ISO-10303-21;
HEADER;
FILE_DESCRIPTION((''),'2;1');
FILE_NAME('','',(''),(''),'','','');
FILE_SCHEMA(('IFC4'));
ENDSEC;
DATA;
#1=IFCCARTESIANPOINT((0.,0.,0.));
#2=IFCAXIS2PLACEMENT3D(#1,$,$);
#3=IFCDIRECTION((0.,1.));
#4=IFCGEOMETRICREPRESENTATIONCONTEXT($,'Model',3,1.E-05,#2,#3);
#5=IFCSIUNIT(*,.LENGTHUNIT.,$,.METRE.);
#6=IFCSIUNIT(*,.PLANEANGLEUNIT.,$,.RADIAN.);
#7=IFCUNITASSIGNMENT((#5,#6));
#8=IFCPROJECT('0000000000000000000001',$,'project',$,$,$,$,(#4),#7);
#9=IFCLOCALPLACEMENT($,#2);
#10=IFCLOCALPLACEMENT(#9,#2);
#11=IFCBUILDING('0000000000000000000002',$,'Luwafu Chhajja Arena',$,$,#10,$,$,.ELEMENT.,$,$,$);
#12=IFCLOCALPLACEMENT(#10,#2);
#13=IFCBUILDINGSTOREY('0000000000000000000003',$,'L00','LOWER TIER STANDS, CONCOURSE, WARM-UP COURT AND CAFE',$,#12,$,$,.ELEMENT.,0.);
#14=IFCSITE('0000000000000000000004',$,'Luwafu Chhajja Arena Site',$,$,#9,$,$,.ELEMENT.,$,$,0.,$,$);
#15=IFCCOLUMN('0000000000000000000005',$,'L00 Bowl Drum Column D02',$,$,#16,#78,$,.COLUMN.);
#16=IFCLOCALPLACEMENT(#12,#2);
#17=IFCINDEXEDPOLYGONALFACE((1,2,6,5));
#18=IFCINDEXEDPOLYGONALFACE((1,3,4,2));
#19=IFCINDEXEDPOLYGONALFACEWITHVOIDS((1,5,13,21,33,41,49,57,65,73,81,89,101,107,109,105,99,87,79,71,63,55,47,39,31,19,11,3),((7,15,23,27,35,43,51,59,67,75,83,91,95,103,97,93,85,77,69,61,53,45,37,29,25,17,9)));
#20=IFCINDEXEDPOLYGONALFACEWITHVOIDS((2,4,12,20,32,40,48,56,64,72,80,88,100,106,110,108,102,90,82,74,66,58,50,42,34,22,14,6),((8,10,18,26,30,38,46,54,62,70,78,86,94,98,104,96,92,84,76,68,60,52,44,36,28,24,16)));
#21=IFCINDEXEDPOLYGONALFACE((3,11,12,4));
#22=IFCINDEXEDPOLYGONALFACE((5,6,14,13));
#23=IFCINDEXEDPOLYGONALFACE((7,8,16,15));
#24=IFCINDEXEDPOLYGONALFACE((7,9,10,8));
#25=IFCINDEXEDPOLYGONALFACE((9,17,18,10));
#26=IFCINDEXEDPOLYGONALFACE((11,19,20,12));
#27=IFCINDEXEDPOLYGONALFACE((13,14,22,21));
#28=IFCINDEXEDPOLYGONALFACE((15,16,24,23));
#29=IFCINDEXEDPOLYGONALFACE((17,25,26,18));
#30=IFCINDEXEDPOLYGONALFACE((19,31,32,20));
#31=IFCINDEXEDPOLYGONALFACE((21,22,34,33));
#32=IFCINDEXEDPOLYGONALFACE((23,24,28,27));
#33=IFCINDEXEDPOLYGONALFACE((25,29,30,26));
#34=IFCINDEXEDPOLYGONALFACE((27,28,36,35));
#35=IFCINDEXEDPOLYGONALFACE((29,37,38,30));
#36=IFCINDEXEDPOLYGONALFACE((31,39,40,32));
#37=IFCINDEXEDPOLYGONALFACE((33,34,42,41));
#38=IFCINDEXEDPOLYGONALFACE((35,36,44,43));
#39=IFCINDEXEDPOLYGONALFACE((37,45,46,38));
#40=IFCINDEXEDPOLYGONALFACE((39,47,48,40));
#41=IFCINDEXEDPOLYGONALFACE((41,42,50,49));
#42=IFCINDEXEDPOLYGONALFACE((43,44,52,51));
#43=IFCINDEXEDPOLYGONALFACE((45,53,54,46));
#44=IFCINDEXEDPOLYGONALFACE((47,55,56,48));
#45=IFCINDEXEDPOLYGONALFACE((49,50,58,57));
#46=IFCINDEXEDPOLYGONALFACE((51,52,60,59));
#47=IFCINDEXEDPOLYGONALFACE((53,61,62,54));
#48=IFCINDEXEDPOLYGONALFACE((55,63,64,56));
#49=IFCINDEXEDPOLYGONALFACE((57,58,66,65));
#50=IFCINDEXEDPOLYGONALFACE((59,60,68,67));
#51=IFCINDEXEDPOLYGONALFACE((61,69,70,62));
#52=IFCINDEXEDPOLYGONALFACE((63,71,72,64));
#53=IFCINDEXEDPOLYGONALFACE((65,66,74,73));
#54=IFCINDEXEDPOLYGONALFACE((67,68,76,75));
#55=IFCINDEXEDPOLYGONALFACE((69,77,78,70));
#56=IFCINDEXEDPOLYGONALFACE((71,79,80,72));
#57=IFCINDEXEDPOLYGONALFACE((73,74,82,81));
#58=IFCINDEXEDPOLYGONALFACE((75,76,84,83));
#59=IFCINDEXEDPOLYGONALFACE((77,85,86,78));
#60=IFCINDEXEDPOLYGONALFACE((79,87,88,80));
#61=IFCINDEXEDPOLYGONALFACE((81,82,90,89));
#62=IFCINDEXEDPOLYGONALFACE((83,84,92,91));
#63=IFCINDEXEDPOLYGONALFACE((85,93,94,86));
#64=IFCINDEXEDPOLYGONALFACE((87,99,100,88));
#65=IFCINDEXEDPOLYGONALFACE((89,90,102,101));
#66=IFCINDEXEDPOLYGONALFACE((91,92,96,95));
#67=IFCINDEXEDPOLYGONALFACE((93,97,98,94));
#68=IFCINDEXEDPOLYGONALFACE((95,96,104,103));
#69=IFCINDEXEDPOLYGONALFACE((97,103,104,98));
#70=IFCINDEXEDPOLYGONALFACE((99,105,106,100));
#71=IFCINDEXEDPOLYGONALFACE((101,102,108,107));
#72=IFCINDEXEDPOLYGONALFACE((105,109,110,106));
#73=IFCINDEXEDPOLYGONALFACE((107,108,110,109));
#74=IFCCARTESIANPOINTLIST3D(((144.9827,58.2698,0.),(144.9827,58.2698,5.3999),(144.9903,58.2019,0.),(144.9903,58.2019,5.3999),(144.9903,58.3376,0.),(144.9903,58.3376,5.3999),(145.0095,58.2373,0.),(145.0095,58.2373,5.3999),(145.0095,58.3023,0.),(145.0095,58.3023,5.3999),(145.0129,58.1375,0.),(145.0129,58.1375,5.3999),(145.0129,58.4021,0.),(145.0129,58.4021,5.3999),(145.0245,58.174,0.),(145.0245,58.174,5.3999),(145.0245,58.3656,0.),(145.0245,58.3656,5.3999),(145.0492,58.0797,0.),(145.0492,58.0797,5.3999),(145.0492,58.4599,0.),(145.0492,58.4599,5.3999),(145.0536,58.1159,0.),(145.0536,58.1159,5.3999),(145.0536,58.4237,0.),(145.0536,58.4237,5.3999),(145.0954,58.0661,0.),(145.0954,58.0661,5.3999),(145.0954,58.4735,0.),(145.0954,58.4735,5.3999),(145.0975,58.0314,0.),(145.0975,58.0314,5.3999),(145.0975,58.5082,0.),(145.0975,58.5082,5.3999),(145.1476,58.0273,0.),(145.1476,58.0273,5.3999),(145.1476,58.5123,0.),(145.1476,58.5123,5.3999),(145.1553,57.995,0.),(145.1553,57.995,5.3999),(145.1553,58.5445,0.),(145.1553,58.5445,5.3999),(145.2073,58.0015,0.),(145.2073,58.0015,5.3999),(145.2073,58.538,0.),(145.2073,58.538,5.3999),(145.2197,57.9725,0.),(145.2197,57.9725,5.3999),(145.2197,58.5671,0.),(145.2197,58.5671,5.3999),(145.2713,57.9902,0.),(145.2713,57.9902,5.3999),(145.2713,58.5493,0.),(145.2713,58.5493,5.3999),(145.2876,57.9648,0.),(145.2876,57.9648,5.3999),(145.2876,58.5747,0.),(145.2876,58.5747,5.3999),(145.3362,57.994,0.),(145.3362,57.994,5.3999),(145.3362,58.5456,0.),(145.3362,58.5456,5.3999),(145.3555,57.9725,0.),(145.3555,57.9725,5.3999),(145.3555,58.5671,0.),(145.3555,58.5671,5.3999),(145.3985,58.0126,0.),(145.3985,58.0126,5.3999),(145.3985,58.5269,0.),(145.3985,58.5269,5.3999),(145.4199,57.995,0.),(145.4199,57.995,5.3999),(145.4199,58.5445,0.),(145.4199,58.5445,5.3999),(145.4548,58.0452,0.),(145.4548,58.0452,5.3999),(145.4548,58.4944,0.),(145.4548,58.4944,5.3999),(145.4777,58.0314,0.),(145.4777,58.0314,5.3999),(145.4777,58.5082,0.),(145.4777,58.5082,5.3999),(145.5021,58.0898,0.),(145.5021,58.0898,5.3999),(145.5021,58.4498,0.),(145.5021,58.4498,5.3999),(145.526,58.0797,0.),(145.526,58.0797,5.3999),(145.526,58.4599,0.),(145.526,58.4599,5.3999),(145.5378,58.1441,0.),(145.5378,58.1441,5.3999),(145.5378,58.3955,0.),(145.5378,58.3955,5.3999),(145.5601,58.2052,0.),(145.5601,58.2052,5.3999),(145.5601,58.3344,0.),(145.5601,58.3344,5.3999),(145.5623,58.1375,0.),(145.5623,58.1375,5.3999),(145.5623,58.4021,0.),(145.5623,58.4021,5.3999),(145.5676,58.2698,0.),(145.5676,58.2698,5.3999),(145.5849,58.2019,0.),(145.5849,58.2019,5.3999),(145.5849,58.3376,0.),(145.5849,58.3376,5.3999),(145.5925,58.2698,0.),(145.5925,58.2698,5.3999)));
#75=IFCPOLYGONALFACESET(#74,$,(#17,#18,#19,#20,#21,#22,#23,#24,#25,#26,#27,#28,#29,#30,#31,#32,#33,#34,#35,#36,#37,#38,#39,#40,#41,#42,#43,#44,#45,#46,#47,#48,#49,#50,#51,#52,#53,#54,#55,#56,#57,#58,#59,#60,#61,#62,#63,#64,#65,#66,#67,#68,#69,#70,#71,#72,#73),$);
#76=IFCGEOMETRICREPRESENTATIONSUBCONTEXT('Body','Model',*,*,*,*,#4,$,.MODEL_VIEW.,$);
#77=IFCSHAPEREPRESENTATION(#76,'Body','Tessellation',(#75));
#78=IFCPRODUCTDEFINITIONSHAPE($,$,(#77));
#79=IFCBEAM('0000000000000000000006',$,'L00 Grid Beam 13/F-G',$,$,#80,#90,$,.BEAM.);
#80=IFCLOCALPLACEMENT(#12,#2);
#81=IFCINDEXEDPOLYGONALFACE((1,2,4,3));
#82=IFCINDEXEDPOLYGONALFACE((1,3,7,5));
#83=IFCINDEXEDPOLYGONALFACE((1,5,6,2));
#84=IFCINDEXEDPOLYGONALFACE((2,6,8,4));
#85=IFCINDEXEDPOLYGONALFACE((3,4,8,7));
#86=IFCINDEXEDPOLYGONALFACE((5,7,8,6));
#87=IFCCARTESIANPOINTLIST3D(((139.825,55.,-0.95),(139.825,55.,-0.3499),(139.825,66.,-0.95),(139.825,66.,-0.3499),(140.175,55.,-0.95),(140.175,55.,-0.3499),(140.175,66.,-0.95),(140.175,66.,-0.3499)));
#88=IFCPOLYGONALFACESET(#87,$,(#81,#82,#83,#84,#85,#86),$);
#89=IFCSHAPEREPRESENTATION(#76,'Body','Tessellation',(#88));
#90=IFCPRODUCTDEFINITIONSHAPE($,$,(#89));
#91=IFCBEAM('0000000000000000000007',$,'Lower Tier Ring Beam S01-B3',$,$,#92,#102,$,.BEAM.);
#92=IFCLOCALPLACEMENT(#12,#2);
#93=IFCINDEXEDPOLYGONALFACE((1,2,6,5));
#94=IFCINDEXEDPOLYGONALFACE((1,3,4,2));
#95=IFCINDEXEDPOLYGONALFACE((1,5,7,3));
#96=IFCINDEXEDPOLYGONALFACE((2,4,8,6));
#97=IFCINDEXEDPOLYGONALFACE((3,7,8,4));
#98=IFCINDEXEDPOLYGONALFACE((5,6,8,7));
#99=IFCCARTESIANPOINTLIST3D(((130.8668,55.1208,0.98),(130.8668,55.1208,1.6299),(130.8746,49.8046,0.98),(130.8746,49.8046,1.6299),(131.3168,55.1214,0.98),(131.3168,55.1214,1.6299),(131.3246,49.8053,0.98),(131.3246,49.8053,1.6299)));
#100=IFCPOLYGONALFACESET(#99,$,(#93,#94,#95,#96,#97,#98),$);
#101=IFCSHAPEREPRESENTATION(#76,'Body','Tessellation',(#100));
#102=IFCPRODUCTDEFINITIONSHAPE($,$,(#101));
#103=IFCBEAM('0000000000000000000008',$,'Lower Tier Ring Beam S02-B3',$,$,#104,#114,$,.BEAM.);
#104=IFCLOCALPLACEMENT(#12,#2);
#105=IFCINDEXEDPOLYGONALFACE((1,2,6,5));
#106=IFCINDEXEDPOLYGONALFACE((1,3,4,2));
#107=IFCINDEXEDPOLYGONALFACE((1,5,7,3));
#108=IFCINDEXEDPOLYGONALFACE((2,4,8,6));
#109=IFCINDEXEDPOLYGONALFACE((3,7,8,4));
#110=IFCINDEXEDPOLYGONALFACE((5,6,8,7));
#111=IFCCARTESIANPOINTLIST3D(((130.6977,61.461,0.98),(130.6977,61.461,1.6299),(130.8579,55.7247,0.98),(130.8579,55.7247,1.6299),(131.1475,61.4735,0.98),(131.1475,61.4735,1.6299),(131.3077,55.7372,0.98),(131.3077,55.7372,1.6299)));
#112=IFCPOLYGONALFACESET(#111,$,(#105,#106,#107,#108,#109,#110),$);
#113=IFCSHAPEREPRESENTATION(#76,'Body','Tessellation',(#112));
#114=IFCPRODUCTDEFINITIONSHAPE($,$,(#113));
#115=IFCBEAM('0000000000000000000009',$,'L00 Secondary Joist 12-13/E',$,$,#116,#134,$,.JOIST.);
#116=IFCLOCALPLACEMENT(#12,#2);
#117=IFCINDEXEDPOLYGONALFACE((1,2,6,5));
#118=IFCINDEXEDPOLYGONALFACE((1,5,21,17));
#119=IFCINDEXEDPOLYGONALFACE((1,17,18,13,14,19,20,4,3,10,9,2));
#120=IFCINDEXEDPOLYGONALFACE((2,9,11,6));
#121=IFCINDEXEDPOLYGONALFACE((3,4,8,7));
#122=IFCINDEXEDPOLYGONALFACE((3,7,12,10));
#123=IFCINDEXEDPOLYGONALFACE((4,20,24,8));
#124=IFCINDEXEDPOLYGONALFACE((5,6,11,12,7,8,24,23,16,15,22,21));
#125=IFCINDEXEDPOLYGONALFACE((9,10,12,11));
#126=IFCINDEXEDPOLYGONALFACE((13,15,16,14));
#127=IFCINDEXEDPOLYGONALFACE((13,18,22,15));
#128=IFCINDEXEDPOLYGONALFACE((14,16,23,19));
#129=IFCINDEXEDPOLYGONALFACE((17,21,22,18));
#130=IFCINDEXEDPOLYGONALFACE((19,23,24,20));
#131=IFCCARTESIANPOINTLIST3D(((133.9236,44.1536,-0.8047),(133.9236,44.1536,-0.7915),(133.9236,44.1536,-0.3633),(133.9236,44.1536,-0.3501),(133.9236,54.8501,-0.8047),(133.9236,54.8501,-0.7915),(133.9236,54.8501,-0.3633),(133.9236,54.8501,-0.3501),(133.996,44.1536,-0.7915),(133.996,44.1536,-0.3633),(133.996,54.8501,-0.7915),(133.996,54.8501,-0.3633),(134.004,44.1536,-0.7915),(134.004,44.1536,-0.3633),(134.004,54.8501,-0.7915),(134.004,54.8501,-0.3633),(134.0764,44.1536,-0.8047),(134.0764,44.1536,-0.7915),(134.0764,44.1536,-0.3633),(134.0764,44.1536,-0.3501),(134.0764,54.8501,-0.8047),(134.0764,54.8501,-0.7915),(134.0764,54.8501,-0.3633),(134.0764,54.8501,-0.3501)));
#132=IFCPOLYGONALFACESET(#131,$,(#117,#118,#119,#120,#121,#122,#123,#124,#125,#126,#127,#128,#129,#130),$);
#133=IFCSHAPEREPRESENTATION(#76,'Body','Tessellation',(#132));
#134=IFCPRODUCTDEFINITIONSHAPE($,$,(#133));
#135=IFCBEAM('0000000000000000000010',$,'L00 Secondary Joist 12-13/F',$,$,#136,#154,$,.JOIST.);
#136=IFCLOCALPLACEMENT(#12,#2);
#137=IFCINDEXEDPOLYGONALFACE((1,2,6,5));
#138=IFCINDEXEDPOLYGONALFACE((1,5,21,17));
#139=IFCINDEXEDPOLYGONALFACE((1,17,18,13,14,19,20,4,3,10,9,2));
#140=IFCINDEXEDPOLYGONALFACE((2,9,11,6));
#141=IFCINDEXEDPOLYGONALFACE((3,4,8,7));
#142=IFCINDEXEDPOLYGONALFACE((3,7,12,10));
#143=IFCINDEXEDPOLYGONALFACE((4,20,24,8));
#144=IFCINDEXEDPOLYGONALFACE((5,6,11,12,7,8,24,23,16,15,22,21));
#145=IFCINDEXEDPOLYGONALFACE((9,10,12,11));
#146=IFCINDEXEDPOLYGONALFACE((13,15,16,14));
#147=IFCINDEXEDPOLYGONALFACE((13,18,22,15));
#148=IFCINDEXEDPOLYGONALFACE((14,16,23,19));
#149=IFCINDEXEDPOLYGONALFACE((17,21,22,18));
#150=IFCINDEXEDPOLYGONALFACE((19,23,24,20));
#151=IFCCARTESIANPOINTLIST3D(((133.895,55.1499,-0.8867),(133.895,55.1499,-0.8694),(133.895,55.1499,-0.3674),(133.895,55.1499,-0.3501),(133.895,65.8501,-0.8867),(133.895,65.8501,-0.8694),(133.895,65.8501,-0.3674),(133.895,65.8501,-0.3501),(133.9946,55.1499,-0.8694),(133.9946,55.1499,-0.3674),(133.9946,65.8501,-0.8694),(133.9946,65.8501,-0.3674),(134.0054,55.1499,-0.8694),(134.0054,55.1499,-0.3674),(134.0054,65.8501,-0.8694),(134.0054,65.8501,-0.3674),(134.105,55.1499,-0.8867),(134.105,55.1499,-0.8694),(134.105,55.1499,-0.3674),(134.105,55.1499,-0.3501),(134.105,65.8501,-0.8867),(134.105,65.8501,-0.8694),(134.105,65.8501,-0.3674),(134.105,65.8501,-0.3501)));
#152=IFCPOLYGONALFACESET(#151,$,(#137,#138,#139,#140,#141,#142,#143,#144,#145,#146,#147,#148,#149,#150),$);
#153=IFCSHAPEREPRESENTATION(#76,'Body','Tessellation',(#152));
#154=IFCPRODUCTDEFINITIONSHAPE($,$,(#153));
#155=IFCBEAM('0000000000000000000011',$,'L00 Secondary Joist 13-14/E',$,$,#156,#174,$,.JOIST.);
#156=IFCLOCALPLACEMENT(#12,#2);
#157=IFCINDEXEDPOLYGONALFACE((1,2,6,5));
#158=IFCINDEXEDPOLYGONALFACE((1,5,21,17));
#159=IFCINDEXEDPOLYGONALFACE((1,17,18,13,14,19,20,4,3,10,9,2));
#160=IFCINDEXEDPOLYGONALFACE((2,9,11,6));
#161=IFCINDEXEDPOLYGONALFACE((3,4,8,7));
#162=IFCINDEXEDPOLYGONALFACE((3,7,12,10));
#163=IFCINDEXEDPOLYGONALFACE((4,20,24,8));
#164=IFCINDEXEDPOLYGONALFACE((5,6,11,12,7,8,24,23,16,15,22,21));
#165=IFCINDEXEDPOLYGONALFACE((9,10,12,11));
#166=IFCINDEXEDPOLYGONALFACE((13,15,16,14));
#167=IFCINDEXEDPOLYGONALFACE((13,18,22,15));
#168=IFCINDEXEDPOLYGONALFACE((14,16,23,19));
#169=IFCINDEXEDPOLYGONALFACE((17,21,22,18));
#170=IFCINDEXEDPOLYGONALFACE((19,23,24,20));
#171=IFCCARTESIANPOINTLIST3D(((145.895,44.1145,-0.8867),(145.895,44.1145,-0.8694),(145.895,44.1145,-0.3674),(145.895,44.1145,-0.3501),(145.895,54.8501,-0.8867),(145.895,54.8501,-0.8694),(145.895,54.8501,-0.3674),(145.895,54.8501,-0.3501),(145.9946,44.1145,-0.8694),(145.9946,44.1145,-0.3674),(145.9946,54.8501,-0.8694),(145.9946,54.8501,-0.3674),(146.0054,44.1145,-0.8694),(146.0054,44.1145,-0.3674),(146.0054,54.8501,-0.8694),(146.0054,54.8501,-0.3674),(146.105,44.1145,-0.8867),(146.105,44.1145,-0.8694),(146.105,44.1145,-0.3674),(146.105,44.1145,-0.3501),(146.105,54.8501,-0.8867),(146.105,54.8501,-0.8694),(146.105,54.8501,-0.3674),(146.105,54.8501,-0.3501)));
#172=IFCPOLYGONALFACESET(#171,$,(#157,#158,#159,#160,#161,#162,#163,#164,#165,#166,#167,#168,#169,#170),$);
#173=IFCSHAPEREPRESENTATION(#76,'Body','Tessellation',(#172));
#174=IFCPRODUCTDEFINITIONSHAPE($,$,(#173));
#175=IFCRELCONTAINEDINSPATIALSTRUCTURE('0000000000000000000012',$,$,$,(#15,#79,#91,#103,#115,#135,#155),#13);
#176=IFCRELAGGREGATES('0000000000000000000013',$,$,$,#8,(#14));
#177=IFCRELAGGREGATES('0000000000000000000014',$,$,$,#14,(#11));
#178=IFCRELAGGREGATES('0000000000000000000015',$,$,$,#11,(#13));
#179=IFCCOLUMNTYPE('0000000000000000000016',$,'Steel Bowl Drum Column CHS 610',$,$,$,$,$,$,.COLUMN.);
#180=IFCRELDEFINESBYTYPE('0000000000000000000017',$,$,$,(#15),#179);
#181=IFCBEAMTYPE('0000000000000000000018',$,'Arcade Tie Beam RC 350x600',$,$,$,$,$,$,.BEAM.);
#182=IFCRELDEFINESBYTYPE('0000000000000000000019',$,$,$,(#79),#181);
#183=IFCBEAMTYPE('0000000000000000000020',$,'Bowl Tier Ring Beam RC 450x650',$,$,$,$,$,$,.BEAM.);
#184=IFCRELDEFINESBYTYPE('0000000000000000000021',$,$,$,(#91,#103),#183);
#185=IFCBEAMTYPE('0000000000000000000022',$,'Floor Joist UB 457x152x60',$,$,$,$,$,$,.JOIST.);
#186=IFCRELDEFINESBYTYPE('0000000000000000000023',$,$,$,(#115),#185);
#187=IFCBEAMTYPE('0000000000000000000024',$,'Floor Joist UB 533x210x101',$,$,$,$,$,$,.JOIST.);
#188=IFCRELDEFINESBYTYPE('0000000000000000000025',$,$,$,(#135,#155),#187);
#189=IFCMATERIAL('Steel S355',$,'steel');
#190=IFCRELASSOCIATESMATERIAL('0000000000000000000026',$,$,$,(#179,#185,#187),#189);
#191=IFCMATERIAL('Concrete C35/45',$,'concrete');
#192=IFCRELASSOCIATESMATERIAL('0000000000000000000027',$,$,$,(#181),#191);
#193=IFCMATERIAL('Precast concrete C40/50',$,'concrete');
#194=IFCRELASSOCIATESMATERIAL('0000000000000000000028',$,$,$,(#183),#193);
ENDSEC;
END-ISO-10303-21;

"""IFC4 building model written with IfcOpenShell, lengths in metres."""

from ifc_helpers import new_model, si_unit, direction, frame, origin, origin_2d, place, context, subcontext, project, spatial, rectangle, hollow_circle, i_section, extrude, material, material_profile, profile_set, type_object, element, save


model = new_model("IFC4")

# Units and contexts
model_context = context("Model", 3, precision=1e-05, world=origin(), true_north=direction((0.0, 1.0)))
body_context = subcontext(model_context, "Body", "Model", "MODEL_VIEW")
ifc_project = project(units=[si_unit("LENGTHUNIT", "METRE"), si_unit("PLANEANGLEUNIT", "RADIAN")], contexts=[model_context])

# Site, building, storey
site_placement = place(None, origin())
site = spatial("IfcSite", under=ifc_project, at=site_placement, Name="Luwafu Chhajja Arena Site", CompositionType="ELEMENT", RefElevation=0.0)
building_placement = place(site_placement, origin())
building = spatial("IfcBuilding", under=site, at=building_placement, Name="Luwafu Chhajja Arena", CompositionType="ELEMENT")
storey_placement = place(building_placement, origin())
storey = spatial("IfcBuildingStorey", under=building, at=storey_placement, Name="L00", Description="LOWER TIER STANDS, CONCOURSE, WARM-UP COURT AND CAFE", CompositionType="ELEMENT", Elevation=0.0)

# Column
ifc_material_1 = material(Name="Concrete C35/45", Category="concrete")
ifc_material_2 = material(Name="Steel S355", Category="steel")
ifc_material_profile_1 = material_profile(ifc_material_2, hollow_circle(Radius=0.3049, WallThickness=0.0249, at=origin_2d()), Name="CHS 610x25")
ifc_profile_set_1 = profile_set([ifc_material_profile_1], Name="Steel S355")
column_type_1 = type_object("IfcColumnType", Name="Steel Bowl Drum Column CHS 610", PredefinedType="COLUMN", material=ifc_profile_set_1)
for number, where, z_axis, x_axis, name in (
    (1, (145.2876, 58.2698, 0.0), (0.0, 0.0, 1.0), (1.0, 0.0, 0.0), "L00 Bowl Drum Column D02"),
):
    element("IfcColumn", number, at=place(storey_placement, frame(where, z_axis=z_axis, x_axis=x_axis)), inside=storey, type_object=column_type_1, Name=name, PredefinedType="COLUMN", context=body_context, shape_type="SweptSolid", body=[
        extrude(hollow_circle(Radius=0.3049, WallThickness=0.0249, at=origin_2d()), origin(), (0.0, 0.0, 1.0), 5.3999),
    ])

# Beams
ifc_material_profile_2 = material_profile(ifc_material_1, rectangle(XDim=0.3501, YDim=0.6001, at=origin_2d()), Name="RC 350x600")
ifc_profile_set_2 = profile_set([ifc_material_profile_2], Name="Concrete C35/45")
beam_type_1 = type_object("IfcBeamType", Name="Arcade Tie Beam RC 350x600", PredefinedType="BEAM", material=ifc_profile_set_2)
beam_1_placement = place(storey_placement, frame((140.0, 55.0, -0.6499), z_axis=(0.0, 1.0, 0.0), x_axis=(-1.0, 0.0, 0.0)))
element("IfcBeam", 2, at=beam_1_placement, inside=storey, type_object=beam_type_1, Name="L00 Grid Beam 13/F-G", PredefinedType="BEAM", context=body_context, shape_type="SweptSolid", body=[
    extrude(rectangle(XDim=0.3501, YDim=0.6001, at=origin_2d()), origin(), (0.0, 0.0, 1.0), 11.0),
])
ifc_material_3 = material(Name="Precast concrete C40/50", Category="concrete")
ifc_material_profile_3 = material_profile(ifc_material_3, rectangle(XDim=0.45, YDim=0.6499, at=origin_2d()), Name="RC 450x650")
ifc_profile_set_3 = profile_set([ifc_material_profile_3], Name="Precast concrete C40/50")
beam_type_2 = type_object("IfcBeamType", Name="Bowl Tier Ring Beam RC 450x650", PredefinedType="BEAM", material=ifc_profile_set_3)
beam_2_placement = place(storey_placement, frame((131.0996, 49.8049, 1.3049), z_axis=(-0.00147, 0.999999, 0.0), x_axis=(-0.999999, -0.00147, 0.0)))
element("IfcBeam", 3, at=beam_2_placement, inside=storey, type_object=beam_type_2, Name="Lower Tier Ring Beam S01-B3", PredefinedType="BEAM", context=body_context, shape_type="SweptSolid", body=[
    extrude(rectangle(XDim=0.45, YDim=0.6499, at=origin_2d()), origin(), (0.0, 0.0, 1.0), 5.3162),
])
beam_3_placement = place(storey_placement, frame((131.0828, 55.731, 1.3049), z_axis=(-0.027909, 0.99961, 0.0), x_axis=(-0.99961, -0.027909, 0.0)))
element("IfcBeam", 4, at=beam_3_placement, inside=storey, type_object=beam_type_2, Name="Lower Tier Ring Beam S02-B3", PredefinedType="BEAM", context=body_context, shape_type="SweptSolid", body=[
    extrude(rectangle(XDim=0.45, YDim=0.6499, at=origin_2d()), origin(), (0.0, 0.0, 1.0), 5.7385),
])
ifc_material_profile_4 = material_profile(ifc_material_2, i_section(OverallWidth=0.1528, OverallDepth=0.4546, WebThickness=0.0081, FlangeThickness=0.0132, at=origin_2d()), Name="UB 457x152x60")
ifc_profile_set_4 = profile_set([ifc_material_profile_4], Name="Steel S355")
beam_type_3 = type_object("IfcBeamType", Name="Floor Joist UB 457x152x60", PredefinedType="JOIST", material=ifc_profile_set_4)
beam_4_placement = place(storey_placement, frame((134.0, 44.1536, -0.5774), z_axis=(0.0, 1.0, 0.0), x_axis=(-1.0, 0.0, 0.0)))
element("IfcBeam", 5, at=beam_4_placement, inside=storey, type_object=beam_type_3, Name="L00 Secondary Joist 12-13/E", PredefinedType="JOIST", context=body_context, shape_type="SweptSolid", body=[
    extrude(i_section(OverallWidth=0.1528, OverallDepth=0.4546, WebThickness=0.0081, FlangeThickness=0.0132, at=origin_2d()), origin(), (0.0, 0.0, 1.0), 10.6965),
])
ifc_material_profile_5 = material_profile(ifc_material_2, i_section(OverallWidth=0.21, OverallDepth=0.5366, WebThickness=0.0107, FlangeThickness=0.0173, at=origin_2d()), Name="UB 533x210x101")
ifc_profile_set_5 = profile_set([ifc_material_profile_5], Name="Steel S355")
beam_type_4 = type_object("IfcBeamType", Name="Floor Joist UB 533x210x101", PredefinedType="JOIST", material=ifc_profile_set_5)
beam_5_placement = place(storey_placement, frame((134.0, 55.1499, -0.6184), z_axis=(0.0, 1.0, 0.0), x_axis=(-1.0, 0.0, 0.0)))
element("IfcBeam", 6, at=beam_5_placement, inside=storey, type_object=beam_type_4, Name="L00 Secondary Joist 12-13/F", PredefinedType="JOIST", context=body_context, shape_type="SweptSolid", body=[
    extrude(i_section(OverallWidth=0.21, OverallDepth=0.5366, WebThickness=0.0107, FlangeThickness=0.0173, at=origin_2d()), origin(), (0.0, 0.0, 1.0), 10.7002),
])
beam_6_placement = place(storey_placement, frame((146.0, 44.1145, -0.6184), z_axis=(0.0, 1.0, 0.0), x_axis=(-1.0, 0.0, 0.0)))
element("IfcBeam", 7, at=beam_6_placement, inside=storey, type_object=beam_type_4, Name="L00 Secondary Joist 13-14/E", PredefinedType="JOIST", context=body_context, shape_type="SweptSolid", body=[
    extrude(i_section(OverallWidth=0.21, OverallDepth=0.5366, WebThickness=0.0107, FlangeThickness=0.0173, at=origin_2d()), origin(), (0.0, 0.0, 1.0), 10.7356),
])

save(model, "model.ifc")
